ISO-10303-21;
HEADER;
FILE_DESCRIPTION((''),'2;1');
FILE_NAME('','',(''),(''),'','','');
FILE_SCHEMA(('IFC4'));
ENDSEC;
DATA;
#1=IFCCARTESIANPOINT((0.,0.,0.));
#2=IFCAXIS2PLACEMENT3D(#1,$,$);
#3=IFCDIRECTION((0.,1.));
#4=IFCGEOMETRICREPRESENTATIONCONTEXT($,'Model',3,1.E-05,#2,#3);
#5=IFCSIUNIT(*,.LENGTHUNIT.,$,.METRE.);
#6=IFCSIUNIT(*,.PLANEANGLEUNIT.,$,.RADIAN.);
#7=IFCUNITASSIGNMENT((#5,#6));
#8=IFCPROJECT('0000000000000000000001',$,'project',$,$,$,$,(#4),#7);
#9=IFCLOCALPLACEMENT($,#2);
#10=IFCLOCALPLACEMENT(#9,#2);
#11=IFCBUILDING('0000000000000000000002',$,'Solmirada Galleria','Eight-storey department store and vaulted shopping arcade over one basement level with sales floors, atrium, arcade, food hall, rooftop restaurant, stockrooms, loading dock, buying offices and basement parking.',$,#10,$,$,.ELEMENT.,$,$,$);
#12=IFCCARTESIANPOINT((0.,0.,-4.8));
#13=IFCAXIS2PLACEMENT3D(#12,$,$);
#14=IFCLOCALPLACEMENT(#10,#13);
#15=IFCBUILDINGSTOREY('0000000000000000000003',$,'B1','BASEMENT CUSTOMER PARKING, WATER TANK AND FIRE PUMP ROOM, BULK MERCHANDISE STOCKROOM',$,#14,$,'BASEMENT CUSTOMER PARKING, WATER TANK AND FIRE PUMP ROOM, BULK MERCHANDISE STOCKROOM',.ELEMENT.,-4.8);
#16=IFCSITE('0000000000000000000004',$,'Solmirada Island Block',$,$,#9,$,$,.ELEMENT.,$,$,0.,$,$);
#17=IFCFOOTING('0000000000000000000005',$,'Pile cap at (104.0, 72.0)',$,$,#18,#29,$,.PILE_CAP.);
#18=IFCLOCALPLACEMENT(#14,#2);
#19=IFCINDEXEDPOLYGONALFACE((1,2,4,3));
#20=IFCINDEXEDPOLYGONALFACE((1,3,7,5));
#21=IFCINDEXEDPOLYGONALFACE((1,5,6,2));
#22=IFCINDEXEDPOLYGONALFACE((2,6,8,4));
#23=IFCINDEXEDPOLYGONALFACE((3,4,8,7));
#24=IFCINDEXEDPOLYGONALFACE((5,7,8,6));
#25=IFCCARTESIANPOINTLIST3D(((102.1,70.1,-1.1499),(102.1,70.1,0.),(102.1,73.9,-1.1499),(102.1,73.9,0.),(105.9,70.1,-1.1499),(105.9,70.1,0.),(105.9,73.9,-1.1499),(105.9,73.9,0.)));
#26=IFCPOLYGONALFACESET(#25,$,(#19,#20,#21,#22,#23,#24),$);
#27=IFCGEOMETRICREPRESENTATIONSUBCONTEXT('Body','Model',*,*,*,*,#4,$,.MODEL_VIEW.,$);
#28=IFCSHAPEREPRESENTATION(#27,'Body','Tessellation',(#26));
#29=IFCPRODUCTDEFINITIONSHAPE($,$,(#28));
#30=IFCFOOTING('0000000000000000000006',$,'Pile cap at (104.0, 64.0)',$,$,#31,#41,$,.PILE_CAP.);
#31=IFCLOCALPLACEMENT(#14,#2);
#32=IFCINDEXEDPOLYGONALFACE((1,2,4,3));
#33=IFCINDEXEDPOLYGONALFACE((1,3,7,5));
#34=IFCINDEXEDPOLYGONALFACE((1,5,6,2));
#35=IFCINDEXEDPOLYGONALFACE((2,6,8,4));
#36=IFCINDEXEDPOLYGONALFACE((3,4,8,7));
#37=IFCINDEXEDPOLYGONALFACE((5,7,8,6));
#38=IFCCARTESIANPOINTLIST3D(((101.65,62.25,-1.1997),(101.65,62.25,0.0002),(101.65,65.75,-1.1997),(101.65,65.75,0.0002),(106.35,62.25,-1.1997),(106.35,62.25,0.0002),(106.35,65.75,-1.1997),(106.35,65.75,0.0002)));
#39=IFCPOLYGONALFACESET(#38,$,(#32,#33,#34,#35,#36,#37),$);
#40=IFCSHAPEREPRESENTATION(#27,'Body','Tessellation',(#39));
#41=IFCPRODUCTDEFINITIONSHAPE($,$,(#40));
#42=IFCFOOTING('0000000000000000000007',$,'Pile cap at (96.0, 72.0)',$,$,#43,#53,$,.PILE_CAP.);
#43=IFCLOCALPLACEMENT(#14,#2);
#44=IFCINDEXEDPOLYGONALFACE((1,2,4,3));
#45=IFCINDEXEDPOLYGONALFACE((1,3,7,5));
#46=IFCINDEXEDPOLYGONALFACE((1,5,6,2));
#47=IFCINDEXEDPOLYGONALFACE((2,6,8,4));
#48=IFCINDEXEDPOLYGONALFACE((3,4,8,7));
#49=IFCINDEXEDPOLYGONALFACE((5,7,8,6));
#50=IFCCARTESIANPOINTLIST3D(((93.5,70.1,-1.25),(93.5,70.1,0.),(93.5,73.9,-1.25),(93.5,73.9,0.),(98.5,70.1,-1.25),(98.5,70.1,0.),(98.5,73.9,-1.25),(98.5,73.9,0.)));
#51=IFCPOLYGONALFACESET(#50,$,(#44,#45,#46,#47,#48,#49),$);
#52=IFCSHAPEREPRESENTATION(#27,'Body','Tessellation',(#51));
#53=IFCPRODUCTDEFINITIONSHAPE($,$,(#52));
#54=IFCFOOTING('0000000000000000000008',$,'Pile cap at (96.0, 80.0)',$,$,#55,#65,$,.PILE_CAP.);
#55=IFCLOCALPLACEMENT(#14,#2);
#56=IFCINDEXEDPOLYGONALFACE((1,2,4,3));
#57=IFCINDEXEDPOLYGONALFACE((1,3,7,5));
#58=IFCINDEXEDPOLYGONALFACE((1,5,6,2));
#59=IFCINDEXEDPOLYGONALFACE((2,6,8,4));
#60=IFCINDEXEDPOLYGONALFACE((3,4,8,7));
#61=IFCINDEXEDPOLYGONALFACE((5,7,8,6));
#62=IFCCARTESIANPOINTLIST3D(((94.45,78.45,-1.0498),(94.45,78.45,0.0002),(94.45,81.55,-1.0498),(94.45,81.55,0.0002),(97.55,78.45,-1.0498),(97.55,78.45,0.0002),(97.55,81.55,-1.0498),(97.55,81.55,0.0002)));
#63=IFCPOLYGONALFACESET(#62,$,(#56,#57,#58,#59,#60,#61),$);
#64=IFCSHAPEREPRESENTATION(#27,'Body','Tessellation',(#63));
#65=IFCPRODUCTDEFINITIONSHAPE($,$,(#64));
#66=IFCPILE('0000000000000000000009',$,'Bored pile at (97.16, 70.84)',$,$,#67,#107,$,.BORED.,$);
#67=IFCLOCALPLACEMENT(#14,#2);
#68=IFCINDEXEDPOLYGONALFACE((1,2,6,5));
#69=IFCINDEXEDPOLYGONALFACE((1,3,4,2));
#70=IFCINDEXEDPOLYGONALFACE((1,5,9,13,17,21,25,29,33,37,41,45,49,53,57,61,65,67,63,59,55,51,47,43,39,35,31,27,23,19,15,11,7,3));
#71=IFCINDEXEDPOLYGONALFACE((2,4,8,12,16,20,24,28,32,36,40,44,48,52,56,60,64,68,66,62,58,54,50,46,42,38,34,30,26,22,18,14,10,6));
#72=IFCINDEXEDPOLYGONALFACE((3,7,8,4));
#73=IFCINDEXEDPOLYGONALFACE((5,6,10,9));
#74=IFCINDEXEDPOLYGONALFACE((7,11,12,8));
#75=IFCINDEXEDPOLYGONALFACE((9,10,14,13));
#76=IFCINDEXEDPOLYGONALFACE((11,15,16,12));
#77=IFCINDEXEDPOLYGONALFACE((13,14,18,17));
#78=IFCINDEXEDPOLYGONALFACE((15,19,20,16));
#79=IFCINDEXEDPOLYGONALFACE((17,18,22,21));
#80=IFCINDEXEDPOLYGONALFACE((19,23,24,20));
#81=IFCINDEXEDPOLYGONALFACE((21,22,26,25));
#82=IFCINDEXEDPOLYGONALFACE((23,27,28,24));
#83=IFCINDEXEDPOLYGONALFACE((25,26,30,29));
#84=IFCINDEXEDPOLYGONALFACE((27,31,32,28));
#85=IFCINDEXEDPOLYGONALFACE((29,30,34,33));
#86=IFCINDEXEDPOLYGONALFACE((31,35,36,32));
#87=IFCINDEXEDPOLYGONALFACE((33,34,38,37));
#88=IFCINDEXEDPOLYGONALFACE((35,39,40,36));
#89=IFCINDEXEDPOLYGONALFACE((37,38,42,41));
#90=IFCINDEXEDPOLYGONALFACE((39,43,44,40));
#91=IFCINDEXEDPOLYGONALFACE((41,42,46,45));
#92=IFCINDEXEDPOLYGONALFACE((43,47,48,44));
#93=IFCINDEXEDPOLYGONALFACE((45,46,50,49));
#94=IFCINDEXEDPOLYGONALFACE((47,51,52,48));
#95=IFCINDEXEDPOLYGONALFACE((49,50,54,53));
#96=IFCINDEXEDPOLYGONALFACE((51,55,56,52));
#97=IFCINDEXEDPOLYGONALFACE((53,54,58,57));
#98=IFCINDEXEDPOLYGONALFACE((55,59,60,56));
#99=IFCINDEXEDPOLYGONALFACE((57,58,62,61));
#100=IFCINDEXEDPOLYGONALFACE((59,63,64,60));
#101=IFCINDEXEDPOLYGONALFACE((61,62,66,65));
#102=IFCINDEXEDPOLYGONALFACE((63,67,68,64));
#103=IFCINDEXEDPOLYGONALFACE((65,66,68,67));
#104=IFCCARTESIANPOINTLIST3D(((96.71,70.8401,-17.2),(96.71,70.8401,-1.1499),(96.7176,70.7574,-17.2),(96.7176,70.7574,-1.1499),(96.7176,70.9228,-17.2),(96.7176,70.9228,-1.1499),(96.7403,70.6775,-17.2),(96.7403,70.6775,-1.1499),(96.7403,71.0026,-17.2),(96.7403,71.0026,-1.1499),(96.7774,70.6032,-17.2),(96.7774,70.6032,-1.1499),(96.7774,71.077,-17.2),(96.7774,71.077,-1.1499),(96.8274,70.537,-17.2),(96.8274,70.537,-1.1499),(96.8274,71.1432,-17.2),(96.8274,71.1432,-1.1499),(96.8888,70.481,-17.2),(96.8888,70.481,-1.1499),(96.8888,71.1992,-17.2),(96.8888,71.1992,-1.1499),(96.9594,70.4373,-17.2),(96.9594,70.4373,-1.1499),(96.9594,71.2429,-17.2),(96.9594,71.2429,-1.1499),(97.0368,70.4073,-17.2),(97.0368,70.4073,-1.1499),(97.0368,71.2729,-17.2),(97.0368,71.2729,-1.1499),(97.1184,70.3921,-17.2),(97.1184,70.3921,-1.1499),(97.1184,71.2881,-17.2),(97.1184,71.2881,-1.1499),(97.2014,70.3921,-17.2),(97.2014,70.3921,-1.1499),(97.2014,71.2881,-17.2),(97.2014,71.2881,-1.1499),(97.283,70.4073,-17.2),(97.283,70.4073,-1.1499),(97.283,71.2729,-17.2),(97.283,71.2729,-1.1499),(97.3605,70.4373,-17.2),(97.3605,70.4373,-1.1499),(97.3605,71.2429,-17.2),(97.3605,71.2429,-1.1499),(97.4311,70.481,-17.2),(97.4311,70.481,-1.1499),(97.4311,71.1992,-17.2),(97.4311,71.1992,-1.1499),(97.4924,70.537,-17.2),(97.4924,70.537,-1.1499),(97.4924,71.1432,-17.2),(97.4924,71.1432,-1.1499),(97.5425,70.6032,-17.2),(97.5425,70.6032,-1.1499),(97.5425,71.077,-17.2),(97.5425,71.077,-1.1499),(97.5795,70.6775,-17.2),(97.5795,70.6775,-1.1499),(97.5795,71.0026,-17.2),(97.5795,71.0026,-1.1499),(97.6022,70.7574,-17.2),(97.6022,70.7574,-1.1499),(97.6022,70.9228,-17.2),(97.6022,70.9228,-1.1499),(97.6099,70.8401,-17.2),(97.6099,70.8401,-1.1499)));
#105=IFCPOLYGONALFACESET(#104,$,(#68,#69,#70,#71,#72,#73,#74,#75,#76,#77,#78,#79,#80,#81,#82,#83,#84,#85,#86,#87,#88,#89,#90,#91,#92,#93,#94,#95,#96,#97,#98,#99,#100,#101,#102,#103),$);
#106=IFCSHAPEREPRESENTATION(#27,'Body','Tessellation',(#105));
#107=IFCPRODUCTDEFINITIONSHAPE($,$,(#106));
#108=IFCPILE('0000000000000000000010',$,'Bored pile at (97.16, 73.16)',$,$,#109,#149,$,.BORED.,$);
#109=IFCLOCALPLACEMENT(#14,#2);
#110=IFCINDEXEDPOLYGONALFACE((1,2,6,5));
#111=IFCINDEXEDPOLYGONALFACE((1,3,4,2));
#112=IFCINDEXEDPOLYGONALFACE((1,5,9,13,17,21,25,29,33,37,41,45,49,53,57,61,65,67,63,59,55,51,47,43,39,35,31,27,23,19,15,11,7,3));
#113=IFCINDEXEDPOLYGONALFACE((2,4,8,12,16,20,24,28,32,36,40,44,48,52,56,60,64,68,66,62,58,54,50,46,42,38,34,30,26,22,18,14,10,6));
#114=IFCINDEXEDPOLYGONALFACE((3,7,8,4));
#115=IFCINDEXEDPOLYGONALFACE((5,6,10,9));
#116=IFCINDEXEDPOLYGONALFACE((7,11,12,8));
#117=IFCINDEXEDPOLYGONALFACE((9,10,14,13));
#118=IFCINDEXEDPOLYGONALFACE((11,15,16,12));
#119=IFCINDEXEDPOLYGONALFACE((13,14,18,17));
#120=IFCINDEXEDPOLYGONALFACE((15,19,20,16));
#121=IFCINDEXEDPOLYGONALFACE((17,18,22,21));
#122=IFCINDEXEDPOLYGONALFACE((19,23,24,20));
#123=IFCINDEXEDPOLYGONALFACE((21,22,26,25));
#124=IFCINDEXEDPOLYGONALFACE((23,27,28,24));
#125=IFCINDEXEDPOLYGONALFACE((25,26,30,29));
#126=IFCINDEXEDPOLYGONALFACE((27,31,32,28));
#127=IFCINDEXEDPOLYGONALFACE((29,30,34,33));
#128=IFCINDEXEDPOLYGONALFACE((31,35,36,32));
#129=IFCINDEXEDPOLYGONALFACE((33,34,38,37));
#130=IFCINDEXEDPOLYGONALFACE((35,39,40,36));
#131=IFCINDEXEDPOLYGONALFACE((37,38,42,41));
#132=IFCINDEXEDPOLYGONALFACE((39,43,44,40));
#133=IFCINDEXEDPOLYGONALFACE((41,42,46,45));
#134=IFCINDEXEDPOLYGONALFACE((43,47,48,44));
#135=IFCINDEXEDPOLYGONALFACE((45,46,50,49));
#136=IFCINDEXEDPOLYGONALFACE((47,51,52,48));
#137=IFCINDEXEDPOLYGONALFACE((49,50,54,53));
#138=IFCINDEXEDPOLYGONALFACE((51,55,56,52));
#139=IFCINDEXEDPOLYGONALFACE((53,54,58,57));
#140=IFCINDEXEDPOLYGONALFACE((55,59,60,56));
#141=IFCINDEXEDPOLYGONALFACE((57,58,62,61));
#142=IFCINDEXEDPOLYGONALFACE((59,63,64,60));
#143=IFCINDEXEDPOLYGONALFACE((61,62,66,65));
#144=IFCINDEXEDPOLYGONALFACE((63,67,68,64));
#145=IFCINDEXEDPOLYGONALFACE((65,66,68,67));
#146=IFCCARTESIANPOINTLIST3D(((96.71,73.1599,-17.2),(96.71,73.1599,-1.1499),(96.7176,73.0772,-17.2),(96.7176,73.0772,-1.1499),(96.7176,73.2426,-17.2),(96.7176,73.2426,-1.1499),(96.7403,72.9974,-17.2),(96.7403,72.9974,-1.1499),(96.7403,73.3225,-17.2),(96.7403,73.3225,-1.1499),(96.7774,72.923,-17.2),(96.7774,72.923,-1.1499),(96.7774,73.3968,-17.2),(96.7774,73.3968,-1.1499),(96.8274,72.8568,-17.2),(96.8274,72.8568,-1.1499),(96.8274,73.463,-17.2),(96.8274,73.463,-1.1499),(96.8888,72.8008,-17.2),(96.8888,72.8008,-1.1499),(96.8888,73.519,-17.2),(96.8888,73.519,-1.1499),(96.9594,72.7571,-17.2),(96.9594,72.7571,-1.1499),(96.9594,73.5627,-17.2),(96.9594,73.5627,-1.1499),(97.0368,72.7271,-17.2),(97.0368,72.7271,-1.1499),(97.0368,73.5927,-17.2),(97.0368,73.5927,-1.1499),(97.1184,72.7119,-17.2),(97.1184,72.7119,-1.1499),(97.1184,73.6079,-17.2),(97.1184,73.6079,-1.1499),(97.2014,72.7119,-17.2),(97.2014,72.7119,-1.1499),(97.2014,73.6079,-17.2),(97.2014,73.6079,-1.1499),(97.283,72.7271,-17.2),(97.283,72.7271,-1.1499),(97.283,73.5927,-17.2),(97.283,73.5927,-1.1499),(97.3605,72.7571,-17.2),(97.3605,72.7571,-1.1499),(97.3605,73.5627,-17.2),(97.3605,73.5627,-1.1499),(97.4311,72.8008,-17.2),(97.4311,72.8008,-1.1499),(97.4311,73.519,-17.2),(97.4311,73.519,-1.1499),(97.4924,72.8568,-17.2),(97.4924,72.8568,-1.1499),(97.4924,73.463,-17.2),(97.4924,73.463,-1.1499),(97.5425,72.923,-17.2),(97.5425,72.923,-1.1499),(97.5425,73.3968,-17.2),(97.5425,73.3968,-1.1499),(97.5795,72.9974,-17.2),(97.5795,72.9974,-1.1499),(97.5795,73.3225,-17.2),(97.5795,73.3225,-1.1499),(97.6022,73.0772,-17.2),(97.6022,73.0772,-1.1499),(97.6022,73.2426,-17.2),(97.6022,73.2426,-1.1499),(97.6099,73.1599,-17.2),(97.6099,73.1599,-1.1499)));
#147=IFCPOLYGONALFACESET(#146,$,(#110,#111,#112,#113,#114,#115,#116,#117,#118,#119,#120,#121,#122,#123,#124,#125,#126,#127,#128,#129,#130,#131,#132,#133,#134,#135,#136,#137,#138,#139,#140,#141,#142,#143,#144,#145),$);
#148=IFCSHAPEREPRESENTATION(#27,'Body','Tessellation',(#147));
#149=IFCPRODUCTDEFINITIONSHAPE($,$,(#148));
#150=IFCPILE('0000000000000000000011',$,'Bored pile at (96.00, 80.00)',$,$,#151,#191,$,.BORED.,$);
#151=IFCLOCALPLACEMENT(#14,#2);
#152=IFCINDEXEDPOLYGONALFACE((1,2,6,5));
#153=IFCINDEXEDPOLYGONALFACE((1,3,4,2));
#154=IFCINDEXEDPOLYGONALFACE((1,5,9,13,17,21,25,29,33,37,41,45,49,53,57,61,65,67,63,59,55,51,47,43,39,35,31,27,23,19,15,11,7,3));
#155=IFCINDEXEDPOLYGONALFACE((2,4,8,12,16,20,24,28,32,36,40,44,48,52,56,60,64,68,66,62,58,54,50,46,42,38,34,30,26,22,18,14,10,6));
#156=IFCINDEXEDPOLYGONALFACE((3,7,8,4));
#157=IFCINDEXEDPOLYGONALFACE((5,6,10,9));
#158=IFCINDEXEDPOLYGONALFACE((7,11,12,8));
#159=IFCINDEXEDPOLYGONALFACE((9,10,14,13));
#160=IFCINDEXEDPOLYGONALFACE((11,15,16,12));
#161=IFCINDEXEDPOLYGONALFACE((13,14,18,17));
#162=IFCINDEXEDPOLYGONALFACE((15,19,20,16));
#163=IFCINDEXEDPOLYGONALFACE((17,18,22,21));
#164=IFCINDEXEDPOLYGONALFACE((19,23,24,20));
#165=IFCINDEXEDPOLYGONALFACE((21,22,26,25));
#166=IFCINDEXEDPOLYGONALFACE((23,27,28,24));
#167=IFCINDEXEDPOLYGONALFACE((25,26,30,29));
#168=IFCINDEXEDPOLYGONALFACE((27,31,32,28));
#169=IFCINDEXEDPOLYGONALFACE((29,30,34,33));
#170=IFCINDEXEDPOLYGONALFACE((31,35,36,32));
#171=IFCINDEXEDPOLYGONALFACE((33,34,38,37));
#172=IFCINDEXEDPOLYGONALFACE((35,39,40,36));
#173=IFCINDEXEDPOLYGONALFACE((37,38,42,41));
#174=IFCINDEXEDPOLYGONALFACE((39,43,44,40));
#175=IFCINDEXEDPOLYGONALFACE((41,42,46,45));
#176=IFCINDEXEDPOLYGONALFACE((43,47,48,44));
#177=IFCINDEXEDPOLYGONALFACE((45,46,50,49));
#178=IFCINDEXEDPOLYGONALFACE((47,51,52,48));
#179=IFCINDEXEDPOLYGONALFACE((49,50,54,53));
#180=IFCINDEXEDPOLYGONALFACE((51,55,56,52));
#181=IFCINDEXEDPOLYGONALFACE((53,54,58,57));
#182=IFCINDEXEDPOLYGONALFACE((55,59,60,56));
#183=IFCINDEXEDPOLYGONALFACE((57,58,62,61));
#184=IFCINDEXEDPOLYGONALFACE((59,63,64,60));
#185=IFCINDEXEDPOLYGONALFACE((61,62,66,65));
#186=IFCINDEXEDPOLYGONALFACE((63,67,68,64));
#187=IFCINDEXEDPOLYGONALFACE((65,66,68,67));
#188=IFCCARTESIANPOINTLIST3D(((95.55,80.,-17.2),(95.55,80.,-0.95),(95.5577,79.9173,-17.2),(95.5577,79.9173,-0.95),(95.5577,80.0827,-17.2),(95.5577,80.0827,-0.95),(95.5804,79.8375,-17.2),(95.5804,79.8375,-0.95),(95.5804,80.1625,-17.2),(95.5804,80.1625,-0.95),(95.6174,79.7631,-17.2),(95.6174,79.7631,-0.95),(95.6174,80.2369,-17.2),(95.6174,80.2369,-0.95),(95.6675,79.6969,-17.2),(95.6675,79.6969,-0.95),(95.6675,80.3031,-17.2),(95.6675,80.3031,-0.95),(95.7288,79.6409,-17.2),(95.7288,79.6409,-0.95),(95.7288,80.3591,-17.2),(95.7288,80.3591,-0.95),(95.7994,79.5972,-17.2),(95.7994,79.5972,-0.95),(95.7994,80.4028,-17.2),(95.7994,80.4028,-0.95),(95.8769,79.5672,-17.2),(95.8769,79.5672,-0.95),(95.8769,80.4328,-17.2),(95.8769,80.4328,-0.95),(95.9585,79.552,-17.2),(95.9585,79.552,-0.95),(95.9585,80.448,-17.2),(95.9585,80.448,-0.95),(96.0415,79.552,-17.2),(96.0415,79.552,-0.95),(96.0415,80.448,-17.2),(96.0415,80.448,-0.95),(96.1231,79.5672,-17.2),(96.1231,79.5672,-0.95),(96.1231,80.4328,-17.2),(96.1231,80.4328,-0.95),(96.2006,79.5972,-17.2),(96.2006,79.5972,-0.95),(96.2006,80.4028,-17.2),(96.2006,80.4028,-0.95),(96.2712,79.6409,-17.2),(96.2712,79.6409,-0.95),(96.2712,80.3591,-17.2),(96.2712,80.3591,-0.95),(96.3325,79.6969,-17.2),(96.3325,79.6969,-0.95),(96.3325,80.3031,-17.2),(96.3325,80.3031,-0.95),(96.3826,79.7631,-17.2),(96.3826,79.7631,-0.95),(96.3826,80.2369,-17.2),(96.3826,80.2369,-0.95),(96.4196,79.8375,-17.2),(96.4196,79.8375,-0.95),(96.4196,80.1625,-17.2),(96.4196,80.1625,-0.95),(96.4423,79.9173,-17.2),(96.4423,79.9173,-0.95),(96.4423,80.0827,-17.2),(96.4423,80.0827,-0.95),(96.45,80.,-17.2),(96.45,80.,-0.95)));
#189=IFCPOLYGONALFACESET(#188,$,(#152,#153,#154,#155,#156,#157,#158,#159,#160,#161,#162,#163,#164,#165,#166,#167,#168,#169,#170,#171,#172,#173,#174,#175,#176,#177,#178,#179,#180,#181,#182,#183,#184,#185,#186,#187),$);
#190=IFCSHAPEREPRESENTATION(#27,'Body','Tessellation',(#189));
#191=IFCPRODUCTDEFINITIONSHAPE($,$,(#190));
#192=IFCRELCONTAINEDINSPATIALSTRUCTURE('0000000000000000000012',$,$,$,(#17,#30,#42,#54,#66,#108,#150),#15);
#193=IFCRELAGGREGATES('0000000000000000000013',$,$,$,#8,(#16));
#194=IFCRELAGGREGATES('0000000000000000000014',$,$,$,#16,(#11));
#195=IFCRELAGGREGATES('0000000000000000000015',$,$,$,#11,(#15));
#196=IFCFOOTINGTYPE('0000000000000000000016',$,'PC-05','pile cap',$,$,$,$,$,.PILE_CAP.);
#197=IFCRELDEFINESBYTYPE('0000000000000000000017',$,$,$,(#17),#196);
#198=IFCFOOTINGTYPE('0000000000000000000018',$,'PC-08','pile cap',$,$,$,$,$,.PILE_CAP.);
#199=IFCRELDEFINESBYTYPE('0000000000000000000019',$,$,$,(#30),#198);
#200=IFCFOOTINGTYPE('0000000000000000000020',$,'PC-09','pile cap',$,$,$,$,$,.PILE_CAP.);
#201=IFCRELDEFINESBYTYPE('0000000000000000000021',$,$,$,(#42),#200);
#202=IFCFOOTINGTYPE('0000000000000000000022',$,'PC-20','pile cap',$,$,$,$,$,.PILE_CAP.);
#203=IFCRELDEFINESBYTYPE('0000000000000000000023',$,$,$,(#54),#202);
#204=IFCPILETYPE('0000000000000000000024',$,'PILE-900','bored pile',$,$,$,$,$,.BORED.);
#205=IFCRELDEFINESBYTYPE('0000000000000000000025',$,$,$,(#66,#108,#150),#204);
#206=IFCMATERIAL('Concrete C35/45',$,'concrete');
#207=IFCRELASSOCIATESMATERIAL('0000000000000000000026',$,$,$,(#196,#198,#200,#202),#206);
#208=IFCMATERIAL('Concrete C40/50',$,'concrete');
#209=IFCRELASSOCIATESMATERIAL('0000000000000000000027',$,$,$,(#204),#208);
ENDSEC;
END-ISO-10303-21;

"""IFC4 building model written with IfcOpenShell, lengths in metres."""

from ifc_helpers import new_model, si_unit, direction, frame, origin, origin_2d, place, context, subcontext, project, spatial, rectangle, circle, extrude, material, material_profile, profile_set, type_object, element, save


model = new_model("IFC4")

# Units and contexts
model_context = context("Model", 3, precision=1e-05, world=origin(), true_north=direction((0.0, 1.0)))
body_context = subcontext(model_context, "Body", "Model", "MODEL_VIEW")
ifc_project = project(units=[si_unit("LENGTHUNIT", "METRE"), si_unit("PLANEANGLEUNIT", "RADIAN")], contexts=[model_context])

# Site, building, storey
site_placement = place(None, origin())
site = spatial("IfcSite", under=ifc_project, at=site_placement, Name="Solmirada Island Block", CompositionType="ELEMENT", RefElevation=0.0)
building_placement = place(site_placement, origin())
building = spatial("IfcBuilding", under=site, at=building_placement, Name="Solmirada Galleria", Description="Eight-storey department store and vaulted shopping arcade over one basement level with sales floors, atrium, arcade, food hall, rooftop restaurant, stockrooms, loading dock, buying offices and basement parking.", CompositionType="ELEMENT")
storey_placement = place(building_placement, frame((0.0, 0.0, -4.8)))
storey = spatial("IfcBuildingStorey", under=building, at=storey_placement, Name="B1", Description="BASEMENT CUSTOMER PARKING, WATER TANK AND FIRE PUMP ROOM, BULK MERCHANDISE STOCKROOM", LongName="BASEMENT CUSTOMER PARKING, WATER TANK AND FIRE PUMP ROOM, BULK MERCHANDISE STOCKROOM", CompositionType="ELEMENT", Elevation=-4.8)

# Footings
ifc_material_1 = material(Name="Concrete C35/45", Category="concrete")
footing_type_1 = type_object("IfcFootingType", Name="PC-05", Description="pile cap", PredefinedType="PILE_CAP", material=ifc_material_1)
footing_1_placement = place(storey_placement, frame((104.0, 72.0, -1.1499), z_axis=(0.0, 0.0, 1.0), x_axis=(1.0, 0.0, 0.0)))
element("IfcFooting", 1, at=footing_1_placement, inside=storey, type_object=footing_type_1, Name="Pile cap at (104.0, 72.0)", PredefinedType="PILE_CAP", context=body_context, shape_type="SweptSolid", body=[
    extrude(rectangle(XDim=3.8, YDim=3.8, at=origin_2d()), origin(), (0.0, 0.0, 1.0), 1.1499),
])
footing_type_2 = type_object("IfcFootingType", Name="PC-08", Description="pile cap", PredefinedType="PILE_CAP", material=ifc_material_1)
footing_2_placement = place(storey_placement, frame((104.0, 64.0, -1.1997), z_axis=(0.0, 0.0, 1.0), x_axis=(1.0, 0.0, 0.0)))
element("IfcFooting", 2, at=footing_2_placement, inside=storey, type_object=footing_type_2, Name="Pile cap at (104.0, 64.0)", PredefinedType="PILE_CAP", context=body_context, shape_type="SweptSolid", body=[
    extrude(rectangle(XDim=4.7, YDim=3.5, at=origin_2d()), origin(), (0.0, 0.0, 1.0), 1.2),
])
footing_type_3 = type_object("IfcFootingType", Name="PC-09", Description="pile cap", PredefinedType="PILE_CAP", material=ifc_material_1)
footing_3_placement = place(storey_placement, frame((96.0, 72.0, -1.25), z_axis=(0.0, 0.0, 1.0), x_axis=(1.0, 0.0, 0.0)))
element("IfcFooting", 3, at=footing_3_placement, inside=storey, type_object=footing_type_3, Name="Pile cap at (96.0, 72.0)", PredefinedType="PILE_CAP", context=body_context, shape_type="SweptSolid", body=[
    extrude(rectangle(XDim=5.0, YDim=3.8, at=origin_2d()), origin(), (0.0, 0.0, 1.0), 1.25),
])
footing_type_4 = type_object("IfcFootingType", Name="PC-20", Description="pile cap", PredefinedType="PILE_CAP", material=ifc_material_1)
footing_4_placement = place(storey_placement, frame((96.0, 80.0, -1.0498), z_axis=(0.0, 0.0, 1.0), x_axis=(1.0, 0.0, 0.0)))
element("IfcFooting", 4, at=footing_4_placement, inside=storey, type_object=footing_type_4, Name="Pile cap at (96.0, 80.0)", PredefinedType="PILE_CAP", context=body_context, shape_type="SweptSolid", body=[
    extrude(rectangle(XDim=3.1001, YDim=3.1001, at=origin_2d()), origin(), (0.0, 0.0, 1.0), 1.05),
])

# Piles
ifc_material_2 = material(Name="Concrete C40/50", Category="concrete")
ifc_material_profile_1 = material_profile(ifc_material_2, circle(Radius=0.45, at=origin_2d()), Name="PILE900")
ifc_profile_set_1 = profile_set([ifc_material_profile_1], Name="Concrete C40/50")
pile_type = type_object("IfcPileType", Name="PILE-900", Description="bored pile", PredefinedType="BORED", material=ifc_profile_set_1)
for number, where, z_axis, x_axis, name in (
    (5, (97.1599, 70.8401, -1.1499), (0.0, 0.0, -1.0), (1.0, 0.0, 0.0), "Bored pile at (97.16, 70.84)"),
    (6, (97.1599, 73.1599, -1.1499), (0.0, 0.0, -1.0), (1.0, 0.0, 0.0), "Bored pile at (97.16, 73.16)"),
):
    element("IfcPile", number, at=place(storey_placement, frame(where, z_axis=z_axis, x_axis=x_axis)), inside=storey, type_object=pile_type, Name=name, PredefinedType="BORED", context=body_context, shape_type="SweptSolid", body=[
        extrude(circle(Radius=0.45, at=origin_2d()), origin(), (0.0, 0.0, 1.0), 16.05),
    ])
pile_1_placement = place(storey_placement, frame((96.0, 80.0, -0.95), z_axis=(0.0, 0.0, -1.0), x_axis=(1.0, 0.0, 0.0)))
element("IfcPile", 7, at=pile_1_placement, inside=storey, type_object=pile_type, Name="Bored pile at (96.00, 80.00)", PredefinedType="BORED", context=body_context, shape_type="SweptSolid", body=[
    extrude(circle(Radius=0.45, at=origin_2d()), origin(), (0.0, 0.0, 1.0), 16.25),
])

save(model, "model.ifc")
